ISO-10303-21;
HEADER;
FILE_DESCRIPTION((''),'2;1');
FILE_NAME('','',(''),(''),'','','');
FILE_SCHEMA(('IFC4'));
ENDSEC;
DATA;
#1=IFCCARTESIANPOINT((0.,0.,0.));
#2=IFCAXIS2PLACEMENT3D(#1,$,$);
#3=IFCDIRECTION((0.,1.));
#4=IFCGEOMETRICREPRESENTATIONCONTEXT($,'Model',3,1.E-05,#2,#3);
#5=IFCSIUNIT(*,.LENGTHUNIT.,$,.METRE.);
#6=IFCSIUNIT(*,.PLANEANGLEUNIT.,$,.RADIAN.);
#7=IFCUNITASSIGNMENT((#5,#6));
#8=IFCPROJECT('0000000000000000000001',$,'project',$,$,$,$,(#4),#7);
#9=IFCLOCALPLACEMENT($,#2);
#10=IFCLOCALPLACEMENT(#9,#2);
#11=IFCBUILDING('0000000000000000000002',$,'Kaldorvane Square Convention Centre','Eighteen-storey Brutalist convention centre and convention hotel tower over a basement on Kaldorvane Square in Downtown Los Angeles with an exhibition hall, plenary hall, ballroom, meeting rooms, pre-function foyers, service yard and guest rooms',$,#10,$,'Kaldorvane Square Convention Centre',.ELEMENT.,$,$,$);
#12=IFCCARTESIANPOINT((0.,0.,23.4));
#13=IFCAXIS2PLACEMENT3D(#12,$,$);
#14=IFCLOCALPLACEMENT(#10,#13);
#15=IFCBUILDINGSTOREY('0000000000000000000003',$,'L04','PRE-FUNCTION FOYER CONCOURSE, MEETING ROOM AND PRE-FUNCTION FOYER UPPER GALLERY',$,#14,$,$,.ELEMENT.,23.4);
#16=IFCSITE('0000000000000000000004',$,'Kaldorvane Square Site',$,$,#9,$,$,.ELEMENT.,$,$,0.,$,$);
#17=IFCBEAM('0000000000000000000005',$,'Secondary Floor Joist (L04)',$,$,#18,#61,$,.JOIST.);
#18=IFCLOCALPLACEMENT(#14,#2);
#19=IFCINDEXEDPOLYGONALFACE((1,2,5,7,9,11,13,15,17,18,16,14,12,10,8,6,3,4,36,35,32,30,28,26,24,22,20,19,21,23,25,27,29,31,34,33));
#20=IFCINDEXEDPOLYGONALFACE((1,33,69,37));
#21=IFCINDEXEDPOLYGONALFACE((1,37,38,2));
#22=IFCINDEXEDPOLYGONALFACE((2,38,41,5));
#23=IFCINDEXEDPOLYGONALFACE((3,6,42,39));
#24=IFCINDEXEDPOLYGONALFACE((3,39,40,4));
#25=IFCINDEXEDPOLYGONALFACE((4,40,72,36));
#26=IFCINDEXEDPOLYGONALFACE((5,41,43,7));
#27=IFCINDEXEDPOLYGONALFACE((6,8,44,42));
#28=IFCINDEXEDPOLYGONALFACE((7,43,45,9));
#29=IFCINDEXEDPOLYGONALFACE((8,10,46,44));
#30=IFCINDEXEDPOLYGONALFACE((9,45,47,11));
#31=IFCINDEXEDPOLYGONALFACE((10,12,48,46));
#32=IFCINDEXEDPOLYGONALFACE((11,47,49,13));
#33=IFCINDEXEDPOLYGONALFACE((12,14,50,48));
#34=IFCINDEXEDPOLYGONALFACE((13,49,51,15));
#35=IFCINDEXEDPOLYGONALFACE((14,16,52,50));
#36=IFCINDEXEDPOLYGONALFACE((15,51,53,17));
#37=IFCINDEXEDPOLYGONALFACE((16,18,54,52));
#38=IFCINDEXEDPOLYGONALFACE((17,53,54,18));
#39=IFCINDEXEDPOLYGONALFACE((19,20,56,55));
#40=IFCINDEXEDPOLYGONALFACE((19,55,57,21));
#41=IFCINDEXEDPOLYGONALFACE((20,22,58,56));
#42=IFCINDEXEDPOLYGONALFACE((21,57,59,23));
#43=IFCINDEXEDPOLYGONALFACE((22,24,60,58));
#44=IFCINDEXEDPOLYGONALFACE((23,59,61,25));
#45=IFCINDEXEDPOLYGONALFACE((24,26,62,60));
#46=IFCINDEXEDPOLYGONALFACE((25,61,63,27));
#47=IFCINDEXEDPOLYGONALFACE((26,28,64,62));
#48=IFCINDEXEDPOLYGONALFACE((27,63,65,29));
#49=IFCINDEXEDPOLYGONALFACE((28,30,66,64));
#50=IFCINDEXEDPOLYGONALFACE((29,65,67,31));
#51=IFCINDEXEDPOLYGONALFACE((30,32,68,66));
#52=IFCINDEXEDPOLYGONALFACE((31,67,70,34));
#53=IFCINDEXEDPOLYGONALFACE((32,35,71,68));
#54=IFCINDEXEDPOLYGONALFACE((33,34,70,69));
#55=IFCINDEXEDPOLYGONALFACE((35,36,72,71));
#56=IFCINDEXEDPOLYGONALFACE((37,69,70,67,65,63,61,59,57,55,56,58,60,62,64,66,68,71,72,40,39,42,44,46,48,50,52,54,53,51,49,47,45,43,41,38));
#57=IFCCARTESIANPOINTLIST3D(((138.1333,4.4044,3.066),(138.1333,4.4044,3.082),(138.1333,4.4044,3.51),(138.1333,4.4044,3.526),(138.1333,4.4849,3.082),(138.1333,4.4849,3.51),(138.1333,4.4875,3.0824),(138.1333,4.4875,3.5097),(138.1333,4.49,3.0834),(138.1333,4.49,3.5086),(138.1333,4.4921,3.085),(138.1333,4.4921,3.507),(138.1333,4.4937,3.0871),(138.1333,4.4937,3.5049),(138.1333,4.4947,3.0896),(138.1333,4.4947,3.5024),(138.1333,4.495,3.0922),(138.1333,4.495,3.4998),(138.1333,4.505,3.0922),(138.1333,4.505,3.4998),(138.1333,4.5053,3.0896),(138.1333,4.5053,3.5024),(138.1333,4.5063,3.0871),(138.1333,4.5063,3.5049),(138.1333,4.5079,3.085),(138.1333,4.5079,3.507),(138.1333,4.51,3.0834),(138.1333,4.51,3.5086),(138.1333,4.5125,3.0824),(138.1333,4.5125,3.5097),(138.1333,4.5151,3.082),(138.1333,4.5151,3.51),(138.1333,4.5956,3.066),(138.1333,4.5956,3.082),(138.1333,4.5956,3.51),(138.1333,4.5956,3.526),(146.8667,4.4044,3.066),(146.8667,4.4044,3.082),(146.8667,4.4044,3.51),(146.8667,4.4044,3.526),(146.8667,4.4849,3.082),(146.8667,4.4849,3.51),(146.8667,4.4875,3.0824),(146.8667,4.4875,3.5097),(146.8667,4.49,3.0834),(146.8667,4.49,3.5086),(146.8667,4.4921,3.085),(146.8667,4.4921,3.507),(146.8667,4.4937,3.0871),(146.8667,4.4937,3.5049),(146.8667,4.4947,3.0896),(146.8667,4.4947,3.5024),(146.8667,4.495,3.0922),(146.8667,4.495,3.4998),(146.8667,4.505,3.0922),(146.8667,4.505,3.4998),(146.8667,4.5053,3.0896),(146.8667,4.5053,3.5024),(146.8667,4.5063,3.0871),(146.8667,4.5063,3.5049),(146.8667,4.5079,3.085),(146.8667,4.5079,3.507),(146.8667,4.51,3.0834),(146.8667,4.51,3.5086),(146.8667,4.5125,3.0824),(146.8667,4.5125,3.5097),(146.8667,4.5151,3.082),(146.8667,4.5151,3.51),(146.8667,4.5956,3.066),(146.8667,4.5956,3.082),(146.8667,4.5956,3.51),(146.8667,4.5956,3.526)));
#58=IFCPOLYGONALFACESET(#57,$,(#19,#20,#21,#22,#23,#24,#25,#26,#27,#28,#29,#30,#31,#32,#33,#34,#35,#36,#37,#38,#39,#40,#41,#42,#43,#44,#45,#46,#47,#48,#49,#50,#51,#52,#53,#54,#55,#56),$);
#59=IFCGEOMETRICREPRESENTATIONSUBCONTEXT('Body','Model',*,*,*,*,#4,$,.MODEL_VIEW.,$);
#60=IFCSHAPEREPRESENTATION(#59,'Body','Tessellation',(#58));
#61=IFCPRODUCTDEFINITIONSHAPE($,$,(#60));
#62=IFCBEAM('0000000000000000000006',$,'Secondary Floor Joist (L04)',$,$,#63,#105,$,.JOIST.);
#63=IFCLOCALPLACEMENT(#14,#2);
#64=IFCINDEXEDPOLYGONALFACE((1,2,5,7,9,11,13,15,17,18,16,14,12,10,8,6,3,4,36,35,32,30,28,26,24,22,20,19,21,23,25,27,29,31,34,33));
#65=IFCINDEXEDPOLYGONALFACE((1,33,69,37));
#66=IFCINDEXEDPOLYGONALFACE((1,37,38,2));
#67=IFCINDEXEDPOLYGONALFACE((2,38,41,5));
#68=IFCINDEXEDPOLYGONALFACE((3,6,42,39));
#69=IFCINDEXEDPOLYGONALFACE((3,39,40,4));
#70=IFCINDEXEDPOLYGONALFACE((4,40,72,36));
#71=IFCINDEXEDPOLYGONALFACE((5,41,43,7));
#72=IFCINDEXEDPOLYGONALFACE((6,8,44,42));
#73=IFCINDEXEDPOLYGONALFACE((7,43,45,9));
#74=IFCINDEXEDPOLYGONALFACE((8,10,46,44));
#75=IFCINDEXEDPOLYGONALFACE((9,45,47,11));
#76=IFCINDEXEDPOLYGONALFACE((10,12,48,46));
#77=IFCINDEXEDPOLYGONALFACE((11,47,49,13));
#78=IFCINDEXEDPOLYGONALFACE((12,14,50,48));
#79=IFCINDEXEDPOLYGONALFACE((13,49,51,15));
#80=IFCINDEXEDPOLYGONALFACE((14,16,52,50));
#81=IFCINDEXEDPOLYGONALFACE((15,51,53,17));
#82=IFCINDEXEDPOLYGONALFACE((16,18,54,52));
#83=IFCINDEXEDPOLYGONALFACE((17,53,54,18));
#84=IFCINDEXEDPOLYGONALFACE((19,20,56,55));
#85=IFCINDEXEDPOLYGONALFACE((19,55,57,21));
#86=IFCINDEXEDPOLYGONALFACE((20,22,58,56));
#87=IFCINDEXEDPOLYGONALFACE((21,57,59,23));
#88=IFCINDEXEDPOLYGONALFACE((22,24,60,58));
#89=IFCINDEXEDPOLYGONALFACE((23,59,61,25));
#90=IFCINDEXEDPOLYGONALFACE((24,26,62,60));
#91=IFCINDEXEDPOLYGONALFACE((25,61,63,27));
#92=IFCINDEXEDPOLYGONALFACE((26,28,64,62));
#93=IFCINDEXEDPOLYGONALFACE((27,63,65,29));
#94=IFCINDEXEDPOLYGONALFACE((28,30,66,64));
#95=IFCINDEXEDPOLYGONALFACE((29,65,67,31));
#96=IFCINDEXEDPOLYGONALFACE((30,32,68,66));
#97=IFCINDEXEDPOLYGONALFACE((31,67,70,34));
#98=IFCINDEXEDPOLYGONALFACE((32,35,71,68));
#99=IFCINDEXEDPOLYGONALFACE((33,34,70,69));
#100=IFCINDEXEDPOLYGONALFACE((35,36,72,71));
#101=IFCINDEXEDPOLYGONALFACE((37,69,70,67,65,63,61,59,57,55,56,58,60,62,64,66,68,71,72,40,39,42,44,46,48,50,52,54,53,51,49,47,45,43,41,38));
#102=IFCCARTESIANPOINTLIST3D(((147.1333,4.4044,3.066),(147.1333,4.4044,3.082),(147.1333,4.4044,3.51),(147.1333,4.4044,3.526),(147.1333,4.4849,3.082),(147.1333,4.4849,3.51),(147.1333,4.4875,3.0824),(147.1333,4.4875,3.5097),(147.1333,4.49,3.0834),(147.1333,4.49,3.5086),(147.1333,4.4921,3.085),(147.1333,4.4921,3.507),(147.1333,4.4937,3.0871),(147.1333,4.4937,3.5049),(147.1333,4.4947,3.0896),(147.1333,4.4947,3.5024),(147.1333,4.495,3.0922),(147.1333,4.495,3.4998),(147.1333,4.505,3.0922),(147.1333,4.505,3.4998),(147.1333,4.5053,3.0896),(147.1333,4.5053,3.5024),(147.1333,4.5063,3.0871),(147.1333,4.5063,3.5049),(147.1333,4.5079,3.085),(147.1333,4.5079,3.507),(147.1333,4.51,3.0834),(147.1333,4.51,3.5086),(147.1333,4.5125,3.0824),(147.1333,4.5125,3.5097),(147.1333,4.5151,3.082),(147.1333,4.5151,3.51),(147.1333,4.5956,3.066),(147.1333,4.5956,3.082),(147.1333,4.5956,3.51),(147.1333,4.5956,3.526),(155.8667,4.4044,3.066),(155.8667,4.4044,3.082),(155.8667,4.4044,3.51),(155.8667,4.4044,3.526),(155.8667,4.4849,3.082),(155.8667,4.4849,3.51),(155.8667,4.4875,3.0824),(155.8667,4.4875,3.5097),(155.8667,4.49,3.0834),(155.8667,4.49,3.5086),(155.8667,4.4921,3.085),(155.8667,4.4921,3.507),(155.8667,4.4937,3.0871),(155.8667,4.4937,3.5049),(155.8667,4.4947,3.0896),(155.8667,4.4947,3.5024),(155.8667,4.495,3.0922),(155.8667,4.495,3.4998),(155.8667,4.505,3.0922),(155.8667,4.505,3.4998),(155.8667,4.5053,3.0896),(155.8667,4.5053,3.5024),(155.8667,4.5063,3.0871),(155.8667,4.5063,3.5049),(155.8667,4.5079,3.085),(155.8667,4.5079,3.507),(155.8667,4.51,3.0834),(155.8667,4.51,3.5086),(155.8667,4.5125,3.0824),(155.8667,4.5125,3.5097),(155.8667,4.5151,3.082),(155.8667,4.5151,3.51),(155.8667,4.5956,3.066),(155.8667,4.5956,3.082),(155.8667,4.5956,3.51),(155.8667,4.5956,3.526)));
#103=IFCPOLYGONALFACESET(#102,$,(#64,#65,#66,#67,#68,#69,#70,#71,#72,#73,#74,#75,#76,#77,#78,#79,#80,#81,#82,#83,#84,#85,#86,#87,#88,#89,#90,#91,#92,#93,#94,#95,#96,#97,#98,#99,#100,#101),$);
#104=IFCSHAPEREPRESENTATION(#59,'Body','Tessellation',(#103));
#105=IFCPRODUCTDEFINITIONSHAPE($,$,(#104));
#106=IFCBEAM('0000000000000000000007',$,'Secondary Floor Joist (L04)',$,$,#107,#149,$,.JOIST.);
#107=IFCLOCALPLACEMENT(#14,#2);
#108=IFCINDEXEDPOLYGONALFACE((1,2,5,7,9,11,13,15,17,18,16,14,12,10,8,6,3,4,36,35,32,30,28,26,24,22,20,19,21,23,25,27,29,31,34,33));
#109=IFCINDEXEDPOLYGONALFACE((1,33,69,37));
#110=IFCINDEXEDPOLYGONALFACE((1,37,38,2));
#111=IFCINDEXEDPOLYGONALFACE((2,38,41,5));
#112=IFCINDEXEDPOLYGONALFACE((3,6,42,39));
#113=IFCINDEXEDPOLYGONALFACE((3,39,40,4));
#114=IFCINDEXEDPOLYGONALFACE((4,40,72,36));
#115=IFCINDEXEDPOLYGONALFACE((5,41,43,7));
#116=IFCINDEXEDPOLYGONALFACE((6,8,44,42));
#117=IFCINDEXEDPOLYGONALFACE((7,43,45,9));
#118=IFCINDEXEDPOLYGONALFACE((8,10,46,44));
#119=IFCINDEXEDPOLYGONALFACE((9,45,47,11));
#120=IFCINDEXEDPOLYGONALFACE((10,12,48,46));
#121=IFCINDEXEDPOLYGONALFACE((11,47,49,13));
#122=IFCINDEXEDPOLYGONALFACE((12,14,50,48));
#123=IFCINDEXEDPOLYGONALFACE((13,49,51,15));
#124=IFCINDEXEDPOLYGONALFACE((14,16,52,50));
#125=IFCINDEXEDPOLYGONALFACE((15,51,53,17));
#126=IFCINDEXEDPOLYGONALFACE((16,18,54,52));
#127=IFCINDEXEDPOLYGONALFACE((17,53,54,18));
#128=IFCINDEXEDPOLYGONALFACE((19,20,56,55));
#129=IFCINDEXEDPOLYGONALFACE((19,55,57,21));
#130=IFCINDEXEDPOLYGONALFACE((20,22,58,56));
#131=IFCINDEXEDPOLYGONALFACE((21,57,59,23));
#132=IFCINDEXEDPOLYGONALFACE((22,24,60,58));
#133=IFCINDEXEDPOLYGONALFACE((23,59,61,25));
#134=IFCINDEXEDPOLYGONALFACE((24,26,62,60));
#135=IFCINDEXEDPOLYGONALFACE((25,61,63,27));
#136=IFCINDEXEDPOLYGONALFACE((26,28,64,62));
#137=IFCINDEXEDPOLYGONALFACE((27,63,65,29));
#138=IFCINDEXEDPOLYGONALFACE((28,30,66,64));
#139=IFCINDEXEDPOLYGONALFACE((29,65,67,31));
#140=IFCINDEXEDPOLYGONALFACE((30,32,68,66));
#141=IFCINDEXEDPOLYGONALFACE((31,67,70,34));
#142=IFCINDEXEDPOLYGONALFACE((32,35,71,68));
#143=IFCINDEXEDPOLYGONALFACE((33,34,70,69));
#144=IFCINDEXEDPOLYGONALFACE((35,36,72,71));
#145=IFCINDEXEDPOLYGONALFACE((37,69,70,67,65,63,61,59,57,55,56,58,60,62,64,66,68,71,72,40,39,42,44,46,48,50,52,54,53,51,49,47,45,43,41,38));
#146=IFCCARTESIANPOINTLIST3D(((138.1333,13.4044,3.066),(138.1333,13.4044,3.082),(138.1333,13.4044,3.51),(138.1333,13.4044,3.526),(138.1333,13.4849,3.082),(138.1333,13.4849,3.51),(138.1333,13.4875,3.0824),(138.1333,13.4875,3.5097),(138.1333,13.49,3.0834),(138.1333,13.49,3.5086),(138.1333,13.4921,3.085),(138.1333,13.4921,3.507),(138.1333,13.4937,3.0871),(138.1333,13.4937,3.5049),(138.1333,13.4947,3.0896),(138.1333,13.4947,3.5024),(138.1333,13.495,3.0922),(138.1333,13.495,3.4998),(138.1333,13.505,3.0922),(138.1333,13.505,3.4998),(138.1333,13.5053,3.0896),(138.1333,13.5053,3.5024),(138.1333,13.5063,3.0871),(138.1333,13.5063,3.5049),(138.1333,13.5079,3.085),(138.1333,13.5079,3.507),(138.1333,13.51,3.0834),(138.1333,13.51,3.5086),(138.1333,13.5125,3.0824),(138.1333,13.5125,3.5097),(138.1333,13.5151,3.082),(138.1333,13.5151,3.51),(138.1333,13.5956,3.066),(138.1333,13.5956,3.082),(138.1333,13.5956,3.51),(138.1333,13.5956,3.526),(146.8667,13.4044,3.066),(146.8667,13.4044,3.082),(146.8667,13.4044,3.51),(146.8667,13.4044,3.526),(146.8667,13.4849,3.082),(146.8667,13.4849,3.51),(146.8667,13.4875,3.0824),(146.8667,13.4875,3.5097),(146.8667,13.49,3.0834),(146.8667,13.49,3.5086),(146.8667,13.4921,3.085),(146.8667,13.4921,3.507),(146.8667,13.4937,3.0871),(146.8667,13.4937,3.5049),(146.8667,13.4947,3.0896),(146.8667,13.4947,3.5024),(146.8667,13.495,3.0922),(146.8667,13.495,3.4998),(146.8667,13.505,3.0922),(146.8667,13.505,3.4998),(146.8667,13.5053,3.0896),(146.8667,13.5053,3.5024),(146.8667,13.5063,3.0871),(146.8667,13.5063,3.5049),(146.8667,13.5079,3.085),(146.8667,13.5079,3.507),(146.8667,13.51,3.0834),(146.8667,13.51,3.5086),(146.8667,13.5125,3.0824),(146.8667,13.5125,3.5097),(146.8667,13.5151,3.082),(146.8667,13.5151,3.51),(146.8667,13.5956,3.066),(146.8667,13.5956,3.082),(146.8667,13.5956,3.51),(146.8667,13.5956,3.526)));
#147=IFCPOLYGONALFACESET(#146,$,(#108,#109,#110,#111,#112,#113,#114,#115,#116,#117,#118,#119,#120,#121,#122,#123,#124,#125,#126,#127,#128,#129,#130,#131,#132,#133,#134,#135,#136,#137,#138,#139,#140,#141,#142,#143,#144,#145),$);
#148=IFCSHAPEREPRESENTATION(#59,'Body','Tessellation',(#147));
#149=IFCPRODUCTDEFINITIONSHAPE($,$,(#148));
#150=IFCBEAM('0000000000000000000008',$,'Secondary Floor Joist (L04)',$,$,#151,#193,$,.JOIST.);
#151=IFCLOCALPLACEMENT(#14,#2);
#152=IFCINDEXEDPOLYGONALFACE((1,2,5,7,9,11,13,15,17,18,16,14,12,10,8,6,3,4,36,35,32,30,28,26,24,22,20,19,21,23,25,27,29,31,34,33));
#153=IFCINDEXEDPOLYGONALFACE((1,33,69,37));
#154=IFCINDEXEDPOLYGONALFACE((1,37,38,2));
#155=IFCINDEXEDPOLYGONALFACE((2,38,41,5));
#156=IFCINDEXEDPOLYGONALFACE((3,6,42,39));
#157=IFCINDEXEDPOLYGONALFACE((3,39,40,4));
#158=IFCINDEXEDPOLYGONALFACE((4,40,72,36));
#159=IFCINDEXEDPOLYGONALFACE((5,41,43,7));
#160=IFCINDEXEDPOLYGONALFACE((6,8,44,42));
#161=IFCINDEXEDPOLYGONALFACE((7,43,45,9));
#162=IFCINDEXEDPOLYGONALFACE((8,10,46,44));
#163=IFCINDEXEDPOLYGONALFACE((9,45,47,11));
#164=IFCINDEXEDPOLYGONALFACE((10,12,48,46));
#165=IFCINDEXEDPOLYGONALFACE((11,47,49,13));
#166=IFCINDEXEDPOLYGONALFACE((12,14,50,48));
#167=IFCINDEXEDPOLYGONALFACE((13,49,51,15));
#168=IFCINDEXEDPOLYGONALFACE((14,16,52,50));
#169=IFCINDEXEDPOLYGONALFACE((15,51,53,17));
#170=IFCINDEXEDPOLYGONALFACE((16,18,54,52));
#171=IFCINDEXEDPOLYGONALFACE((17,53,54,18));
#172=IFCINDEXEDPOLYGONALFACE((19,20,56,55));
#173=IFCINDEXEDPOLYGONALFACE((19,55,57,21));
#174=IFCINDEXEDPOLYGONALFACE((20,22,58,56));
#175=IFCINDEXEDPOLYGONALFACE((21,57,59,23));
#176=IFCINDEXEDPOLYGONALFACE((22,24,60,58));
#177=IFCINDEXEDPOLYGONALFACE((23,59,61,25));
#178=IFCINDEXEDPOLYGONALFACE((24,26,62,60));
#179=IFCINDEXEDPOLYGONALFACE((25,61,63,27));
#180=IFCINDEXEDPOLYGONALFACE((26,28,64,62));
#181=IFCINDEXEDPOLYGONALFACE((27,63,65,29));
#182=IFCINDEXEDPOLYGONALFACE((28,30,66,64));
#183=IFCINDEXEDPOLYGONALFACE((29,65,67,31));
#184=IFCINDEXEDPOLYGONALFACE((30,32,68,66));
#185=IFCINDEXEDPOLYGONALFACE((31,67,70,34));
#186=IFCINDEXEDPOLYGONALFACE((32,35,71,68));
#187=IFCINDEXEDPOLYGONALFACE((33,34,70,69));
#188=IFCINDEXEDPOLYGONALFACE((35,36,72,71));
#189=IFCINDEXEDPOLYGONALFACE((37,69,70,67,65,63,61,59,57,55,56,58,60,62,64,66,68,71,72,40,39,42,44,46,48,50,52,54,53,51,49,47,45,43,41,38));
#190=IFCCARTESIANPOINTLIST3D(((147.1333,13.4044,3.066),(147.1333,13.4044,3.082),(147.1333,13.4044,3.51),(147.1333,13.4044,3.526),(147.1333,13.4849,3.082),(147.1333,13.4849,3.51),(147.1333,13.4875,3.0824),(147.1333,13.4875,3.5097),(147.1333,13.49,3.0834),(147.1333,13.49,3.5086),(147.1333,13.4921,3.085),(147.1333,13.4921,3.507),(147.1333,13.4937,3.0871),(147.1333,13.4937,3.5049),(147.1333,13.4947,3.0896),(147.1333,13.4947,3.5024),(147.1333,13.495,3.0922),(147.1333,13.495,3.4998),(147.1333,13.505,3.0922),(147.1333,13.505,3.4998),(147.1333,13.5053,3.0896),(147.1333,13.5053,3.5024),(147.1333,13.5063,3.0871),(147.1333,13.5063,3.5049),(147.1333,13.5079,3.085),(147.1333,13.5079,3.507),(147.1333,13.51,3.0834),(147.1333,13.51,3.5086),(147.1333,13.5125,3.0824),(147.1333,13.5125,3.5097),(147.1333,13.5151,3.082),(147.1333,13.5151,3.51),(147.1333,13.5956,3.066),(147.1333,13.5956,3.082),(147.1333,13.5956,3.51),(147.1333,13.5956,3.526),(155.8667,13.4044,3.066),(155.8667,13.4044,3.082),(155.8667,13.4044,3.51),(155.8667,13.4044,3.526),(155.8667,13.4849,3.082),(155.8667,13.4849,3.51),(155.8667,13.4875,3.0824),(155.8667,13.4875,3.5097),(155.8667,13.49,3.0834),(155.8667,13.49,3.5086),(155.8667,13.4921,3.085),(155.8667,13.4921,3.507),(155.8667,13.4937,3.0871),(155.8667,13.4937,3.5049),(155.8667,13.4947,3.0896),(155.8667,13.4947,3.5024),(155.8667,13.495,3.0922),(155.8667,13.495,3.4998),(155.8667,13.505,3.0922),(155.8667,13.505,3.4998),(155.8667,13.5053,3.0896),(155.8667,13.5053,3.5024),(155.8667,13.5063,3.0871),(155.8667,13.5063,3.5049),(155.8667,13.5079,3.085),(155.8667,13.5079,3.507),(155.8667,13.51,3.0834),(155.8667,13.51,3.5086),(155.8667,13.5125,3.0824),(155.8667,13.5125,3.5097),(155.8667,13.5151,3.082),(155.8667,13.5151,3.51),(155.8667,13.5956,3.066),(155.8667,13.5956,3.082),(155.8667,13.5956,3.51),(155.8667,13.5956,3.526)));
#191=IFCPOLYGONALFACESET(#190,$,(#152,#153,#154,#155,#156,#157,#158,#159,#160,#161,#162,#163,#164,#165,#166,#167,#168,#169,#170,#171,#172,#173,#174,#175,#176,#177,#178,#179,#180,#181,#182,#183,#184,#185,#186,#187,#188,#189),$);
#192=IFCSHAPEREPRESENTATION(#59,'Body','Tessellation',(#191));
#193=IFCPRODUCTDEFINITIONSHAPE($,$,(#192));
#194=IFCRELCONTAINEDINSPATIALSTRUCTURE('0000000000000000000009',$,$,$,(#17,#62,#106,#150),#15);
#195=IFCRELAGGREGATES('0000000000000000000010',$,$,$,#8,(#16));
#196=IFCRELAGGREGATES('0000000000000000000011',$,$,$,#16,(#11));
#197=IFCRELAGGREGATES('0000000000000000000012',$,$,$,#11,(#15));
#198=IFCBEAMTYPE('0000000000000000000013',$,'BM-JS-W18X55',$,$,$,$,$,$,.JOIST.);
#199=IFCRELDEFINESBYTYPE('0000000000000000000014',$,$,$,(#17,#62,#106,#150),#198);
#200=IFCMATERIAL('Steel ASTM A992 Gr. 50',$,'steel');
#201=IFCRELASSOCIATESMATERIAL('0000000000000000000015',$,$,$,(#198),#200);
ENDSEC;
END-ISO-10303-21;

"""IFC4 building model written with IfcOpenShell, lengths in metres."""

from ifc_helpers import new_model, si_unit, direction, frame, origin, origin_2d, place, context, subcontext, project, spatial, i_section, extrude, material, material_profile, profile_set, type_object, element, save


model = new_model("IFC4")

# Units and contexts
model_context = context("Model", 3, precision=1e-05, world=origin(), true_north=direction((0.0, 1.0)))
body_context = subcontext(model_context, "Body", "Model", "MODEL_VIEW")
ifc_project = project(units=[si_unit("LENGTHUNIT", "METRE"), si_unit("PLANEANGLEUNIT", "RADIAN")], contexts=[model_context])

# Site, building, storey
site_placement = place(None, origin())
site = spatial("IfcSite", under=ifc_project, at=site_placement, Name="Kaldorvane Square Site", CompositionType="ELEMENT", RefElevation=0.0)
building_placement = place(site_placement, origin())
building = spatial("IfcBuilding", under=site, at=building_placement, Name="Kaldorvane Square Convention Centre", Description="Eighteen-storey Brutalist convention centre and convention hotel tower over a basement on Kaldorvane Square in Downtown Los Angeles with an exhibition hall, plenary hall, ballroom, meeting rooms, pre-function foyers, service yard and guest rooms", LongName="Kaldorvane Square Convention Centre", CompositionType="ELEMENT")
storey_placement = place(building_placement, frame((0.0, 0.0, 23.4)))
storey = spatial("IfcBuildingStorey", under=building, at=storey_placement, Name="L04", Description="PRE-FUNCTION FOYER CONCOURSE, MEETING ROOM AND PRE-FUNCTION FOYER UPPER GALLERY", CompositionType="ELEMENT", Elevation=23.4)

# Shared definitions
ifc_material_1 = material(Name="Steel ASTM A992 Gr. 50", Category="steel")

# Beams
ifc_material_profile_1 = material_profile(ifc_material_1, i_section(OverallWidth=0.1913, OverallDepth=0.46, WebThickness=0.0099, FlangeThickness=0.016, FilletRadius=0.0102, at=origin_2d()), Name="W18X55")
ifc_profile_set_1 = profile_set([ifc_material_profile_1], Name="Steel ASTM A992 Gr. 50")
beam_type_1 = type_object("IfcBeamType", Name="BM-JS-W18X55", PredefinedType="JOIST", material=ifc_profile_set_1)
for number, where, z_axis, x_axis, name in (
    (1, (138.1333, 4.5, 3.296), (1.0, 0.0, 0.0), (0.0, 1.0, 0.0), "Secondary Floor Joist (L04)"),
    (2, (147.1333, 4.5, 3.296), (1.0, 0.0, 0.0), (0.0, 1.0, 0.0), "Secondary Floor Joist (L04)"),
    (3, (138.1333, 13.5, 3.296), (1.0, 0.0, 0.0), (0.0, 1.0, 0.0), "Secondary Floor Joist (L04)"),
    (4, (147.1333, 13.5, 3.296), (1.0, 0.0, 0.0), (0.0, 1.0, 0.0), "Secondary Floor Joist (L04)"),
):
    element("IfcBeam", number, at=place(storey_placement, frame(where, z_axis=z_axis, x_axis=x_axis)), inside=storey, type_object=beam_type_1, Name=name, PredefinedType="JOIST", context=body_context, shape_type="SweptSolid", body=[
        extrude(i_section(OverallWidth=0.1913, OverallDepth=0.46, WebThickness=0.0099, FlangeThickness=0.016, FilletRadius=0.0102, at=origin_2d()), origin(), (0.0, 0.0, 1.0), 8.7334),
    ])

save(model, "model.ifc")
